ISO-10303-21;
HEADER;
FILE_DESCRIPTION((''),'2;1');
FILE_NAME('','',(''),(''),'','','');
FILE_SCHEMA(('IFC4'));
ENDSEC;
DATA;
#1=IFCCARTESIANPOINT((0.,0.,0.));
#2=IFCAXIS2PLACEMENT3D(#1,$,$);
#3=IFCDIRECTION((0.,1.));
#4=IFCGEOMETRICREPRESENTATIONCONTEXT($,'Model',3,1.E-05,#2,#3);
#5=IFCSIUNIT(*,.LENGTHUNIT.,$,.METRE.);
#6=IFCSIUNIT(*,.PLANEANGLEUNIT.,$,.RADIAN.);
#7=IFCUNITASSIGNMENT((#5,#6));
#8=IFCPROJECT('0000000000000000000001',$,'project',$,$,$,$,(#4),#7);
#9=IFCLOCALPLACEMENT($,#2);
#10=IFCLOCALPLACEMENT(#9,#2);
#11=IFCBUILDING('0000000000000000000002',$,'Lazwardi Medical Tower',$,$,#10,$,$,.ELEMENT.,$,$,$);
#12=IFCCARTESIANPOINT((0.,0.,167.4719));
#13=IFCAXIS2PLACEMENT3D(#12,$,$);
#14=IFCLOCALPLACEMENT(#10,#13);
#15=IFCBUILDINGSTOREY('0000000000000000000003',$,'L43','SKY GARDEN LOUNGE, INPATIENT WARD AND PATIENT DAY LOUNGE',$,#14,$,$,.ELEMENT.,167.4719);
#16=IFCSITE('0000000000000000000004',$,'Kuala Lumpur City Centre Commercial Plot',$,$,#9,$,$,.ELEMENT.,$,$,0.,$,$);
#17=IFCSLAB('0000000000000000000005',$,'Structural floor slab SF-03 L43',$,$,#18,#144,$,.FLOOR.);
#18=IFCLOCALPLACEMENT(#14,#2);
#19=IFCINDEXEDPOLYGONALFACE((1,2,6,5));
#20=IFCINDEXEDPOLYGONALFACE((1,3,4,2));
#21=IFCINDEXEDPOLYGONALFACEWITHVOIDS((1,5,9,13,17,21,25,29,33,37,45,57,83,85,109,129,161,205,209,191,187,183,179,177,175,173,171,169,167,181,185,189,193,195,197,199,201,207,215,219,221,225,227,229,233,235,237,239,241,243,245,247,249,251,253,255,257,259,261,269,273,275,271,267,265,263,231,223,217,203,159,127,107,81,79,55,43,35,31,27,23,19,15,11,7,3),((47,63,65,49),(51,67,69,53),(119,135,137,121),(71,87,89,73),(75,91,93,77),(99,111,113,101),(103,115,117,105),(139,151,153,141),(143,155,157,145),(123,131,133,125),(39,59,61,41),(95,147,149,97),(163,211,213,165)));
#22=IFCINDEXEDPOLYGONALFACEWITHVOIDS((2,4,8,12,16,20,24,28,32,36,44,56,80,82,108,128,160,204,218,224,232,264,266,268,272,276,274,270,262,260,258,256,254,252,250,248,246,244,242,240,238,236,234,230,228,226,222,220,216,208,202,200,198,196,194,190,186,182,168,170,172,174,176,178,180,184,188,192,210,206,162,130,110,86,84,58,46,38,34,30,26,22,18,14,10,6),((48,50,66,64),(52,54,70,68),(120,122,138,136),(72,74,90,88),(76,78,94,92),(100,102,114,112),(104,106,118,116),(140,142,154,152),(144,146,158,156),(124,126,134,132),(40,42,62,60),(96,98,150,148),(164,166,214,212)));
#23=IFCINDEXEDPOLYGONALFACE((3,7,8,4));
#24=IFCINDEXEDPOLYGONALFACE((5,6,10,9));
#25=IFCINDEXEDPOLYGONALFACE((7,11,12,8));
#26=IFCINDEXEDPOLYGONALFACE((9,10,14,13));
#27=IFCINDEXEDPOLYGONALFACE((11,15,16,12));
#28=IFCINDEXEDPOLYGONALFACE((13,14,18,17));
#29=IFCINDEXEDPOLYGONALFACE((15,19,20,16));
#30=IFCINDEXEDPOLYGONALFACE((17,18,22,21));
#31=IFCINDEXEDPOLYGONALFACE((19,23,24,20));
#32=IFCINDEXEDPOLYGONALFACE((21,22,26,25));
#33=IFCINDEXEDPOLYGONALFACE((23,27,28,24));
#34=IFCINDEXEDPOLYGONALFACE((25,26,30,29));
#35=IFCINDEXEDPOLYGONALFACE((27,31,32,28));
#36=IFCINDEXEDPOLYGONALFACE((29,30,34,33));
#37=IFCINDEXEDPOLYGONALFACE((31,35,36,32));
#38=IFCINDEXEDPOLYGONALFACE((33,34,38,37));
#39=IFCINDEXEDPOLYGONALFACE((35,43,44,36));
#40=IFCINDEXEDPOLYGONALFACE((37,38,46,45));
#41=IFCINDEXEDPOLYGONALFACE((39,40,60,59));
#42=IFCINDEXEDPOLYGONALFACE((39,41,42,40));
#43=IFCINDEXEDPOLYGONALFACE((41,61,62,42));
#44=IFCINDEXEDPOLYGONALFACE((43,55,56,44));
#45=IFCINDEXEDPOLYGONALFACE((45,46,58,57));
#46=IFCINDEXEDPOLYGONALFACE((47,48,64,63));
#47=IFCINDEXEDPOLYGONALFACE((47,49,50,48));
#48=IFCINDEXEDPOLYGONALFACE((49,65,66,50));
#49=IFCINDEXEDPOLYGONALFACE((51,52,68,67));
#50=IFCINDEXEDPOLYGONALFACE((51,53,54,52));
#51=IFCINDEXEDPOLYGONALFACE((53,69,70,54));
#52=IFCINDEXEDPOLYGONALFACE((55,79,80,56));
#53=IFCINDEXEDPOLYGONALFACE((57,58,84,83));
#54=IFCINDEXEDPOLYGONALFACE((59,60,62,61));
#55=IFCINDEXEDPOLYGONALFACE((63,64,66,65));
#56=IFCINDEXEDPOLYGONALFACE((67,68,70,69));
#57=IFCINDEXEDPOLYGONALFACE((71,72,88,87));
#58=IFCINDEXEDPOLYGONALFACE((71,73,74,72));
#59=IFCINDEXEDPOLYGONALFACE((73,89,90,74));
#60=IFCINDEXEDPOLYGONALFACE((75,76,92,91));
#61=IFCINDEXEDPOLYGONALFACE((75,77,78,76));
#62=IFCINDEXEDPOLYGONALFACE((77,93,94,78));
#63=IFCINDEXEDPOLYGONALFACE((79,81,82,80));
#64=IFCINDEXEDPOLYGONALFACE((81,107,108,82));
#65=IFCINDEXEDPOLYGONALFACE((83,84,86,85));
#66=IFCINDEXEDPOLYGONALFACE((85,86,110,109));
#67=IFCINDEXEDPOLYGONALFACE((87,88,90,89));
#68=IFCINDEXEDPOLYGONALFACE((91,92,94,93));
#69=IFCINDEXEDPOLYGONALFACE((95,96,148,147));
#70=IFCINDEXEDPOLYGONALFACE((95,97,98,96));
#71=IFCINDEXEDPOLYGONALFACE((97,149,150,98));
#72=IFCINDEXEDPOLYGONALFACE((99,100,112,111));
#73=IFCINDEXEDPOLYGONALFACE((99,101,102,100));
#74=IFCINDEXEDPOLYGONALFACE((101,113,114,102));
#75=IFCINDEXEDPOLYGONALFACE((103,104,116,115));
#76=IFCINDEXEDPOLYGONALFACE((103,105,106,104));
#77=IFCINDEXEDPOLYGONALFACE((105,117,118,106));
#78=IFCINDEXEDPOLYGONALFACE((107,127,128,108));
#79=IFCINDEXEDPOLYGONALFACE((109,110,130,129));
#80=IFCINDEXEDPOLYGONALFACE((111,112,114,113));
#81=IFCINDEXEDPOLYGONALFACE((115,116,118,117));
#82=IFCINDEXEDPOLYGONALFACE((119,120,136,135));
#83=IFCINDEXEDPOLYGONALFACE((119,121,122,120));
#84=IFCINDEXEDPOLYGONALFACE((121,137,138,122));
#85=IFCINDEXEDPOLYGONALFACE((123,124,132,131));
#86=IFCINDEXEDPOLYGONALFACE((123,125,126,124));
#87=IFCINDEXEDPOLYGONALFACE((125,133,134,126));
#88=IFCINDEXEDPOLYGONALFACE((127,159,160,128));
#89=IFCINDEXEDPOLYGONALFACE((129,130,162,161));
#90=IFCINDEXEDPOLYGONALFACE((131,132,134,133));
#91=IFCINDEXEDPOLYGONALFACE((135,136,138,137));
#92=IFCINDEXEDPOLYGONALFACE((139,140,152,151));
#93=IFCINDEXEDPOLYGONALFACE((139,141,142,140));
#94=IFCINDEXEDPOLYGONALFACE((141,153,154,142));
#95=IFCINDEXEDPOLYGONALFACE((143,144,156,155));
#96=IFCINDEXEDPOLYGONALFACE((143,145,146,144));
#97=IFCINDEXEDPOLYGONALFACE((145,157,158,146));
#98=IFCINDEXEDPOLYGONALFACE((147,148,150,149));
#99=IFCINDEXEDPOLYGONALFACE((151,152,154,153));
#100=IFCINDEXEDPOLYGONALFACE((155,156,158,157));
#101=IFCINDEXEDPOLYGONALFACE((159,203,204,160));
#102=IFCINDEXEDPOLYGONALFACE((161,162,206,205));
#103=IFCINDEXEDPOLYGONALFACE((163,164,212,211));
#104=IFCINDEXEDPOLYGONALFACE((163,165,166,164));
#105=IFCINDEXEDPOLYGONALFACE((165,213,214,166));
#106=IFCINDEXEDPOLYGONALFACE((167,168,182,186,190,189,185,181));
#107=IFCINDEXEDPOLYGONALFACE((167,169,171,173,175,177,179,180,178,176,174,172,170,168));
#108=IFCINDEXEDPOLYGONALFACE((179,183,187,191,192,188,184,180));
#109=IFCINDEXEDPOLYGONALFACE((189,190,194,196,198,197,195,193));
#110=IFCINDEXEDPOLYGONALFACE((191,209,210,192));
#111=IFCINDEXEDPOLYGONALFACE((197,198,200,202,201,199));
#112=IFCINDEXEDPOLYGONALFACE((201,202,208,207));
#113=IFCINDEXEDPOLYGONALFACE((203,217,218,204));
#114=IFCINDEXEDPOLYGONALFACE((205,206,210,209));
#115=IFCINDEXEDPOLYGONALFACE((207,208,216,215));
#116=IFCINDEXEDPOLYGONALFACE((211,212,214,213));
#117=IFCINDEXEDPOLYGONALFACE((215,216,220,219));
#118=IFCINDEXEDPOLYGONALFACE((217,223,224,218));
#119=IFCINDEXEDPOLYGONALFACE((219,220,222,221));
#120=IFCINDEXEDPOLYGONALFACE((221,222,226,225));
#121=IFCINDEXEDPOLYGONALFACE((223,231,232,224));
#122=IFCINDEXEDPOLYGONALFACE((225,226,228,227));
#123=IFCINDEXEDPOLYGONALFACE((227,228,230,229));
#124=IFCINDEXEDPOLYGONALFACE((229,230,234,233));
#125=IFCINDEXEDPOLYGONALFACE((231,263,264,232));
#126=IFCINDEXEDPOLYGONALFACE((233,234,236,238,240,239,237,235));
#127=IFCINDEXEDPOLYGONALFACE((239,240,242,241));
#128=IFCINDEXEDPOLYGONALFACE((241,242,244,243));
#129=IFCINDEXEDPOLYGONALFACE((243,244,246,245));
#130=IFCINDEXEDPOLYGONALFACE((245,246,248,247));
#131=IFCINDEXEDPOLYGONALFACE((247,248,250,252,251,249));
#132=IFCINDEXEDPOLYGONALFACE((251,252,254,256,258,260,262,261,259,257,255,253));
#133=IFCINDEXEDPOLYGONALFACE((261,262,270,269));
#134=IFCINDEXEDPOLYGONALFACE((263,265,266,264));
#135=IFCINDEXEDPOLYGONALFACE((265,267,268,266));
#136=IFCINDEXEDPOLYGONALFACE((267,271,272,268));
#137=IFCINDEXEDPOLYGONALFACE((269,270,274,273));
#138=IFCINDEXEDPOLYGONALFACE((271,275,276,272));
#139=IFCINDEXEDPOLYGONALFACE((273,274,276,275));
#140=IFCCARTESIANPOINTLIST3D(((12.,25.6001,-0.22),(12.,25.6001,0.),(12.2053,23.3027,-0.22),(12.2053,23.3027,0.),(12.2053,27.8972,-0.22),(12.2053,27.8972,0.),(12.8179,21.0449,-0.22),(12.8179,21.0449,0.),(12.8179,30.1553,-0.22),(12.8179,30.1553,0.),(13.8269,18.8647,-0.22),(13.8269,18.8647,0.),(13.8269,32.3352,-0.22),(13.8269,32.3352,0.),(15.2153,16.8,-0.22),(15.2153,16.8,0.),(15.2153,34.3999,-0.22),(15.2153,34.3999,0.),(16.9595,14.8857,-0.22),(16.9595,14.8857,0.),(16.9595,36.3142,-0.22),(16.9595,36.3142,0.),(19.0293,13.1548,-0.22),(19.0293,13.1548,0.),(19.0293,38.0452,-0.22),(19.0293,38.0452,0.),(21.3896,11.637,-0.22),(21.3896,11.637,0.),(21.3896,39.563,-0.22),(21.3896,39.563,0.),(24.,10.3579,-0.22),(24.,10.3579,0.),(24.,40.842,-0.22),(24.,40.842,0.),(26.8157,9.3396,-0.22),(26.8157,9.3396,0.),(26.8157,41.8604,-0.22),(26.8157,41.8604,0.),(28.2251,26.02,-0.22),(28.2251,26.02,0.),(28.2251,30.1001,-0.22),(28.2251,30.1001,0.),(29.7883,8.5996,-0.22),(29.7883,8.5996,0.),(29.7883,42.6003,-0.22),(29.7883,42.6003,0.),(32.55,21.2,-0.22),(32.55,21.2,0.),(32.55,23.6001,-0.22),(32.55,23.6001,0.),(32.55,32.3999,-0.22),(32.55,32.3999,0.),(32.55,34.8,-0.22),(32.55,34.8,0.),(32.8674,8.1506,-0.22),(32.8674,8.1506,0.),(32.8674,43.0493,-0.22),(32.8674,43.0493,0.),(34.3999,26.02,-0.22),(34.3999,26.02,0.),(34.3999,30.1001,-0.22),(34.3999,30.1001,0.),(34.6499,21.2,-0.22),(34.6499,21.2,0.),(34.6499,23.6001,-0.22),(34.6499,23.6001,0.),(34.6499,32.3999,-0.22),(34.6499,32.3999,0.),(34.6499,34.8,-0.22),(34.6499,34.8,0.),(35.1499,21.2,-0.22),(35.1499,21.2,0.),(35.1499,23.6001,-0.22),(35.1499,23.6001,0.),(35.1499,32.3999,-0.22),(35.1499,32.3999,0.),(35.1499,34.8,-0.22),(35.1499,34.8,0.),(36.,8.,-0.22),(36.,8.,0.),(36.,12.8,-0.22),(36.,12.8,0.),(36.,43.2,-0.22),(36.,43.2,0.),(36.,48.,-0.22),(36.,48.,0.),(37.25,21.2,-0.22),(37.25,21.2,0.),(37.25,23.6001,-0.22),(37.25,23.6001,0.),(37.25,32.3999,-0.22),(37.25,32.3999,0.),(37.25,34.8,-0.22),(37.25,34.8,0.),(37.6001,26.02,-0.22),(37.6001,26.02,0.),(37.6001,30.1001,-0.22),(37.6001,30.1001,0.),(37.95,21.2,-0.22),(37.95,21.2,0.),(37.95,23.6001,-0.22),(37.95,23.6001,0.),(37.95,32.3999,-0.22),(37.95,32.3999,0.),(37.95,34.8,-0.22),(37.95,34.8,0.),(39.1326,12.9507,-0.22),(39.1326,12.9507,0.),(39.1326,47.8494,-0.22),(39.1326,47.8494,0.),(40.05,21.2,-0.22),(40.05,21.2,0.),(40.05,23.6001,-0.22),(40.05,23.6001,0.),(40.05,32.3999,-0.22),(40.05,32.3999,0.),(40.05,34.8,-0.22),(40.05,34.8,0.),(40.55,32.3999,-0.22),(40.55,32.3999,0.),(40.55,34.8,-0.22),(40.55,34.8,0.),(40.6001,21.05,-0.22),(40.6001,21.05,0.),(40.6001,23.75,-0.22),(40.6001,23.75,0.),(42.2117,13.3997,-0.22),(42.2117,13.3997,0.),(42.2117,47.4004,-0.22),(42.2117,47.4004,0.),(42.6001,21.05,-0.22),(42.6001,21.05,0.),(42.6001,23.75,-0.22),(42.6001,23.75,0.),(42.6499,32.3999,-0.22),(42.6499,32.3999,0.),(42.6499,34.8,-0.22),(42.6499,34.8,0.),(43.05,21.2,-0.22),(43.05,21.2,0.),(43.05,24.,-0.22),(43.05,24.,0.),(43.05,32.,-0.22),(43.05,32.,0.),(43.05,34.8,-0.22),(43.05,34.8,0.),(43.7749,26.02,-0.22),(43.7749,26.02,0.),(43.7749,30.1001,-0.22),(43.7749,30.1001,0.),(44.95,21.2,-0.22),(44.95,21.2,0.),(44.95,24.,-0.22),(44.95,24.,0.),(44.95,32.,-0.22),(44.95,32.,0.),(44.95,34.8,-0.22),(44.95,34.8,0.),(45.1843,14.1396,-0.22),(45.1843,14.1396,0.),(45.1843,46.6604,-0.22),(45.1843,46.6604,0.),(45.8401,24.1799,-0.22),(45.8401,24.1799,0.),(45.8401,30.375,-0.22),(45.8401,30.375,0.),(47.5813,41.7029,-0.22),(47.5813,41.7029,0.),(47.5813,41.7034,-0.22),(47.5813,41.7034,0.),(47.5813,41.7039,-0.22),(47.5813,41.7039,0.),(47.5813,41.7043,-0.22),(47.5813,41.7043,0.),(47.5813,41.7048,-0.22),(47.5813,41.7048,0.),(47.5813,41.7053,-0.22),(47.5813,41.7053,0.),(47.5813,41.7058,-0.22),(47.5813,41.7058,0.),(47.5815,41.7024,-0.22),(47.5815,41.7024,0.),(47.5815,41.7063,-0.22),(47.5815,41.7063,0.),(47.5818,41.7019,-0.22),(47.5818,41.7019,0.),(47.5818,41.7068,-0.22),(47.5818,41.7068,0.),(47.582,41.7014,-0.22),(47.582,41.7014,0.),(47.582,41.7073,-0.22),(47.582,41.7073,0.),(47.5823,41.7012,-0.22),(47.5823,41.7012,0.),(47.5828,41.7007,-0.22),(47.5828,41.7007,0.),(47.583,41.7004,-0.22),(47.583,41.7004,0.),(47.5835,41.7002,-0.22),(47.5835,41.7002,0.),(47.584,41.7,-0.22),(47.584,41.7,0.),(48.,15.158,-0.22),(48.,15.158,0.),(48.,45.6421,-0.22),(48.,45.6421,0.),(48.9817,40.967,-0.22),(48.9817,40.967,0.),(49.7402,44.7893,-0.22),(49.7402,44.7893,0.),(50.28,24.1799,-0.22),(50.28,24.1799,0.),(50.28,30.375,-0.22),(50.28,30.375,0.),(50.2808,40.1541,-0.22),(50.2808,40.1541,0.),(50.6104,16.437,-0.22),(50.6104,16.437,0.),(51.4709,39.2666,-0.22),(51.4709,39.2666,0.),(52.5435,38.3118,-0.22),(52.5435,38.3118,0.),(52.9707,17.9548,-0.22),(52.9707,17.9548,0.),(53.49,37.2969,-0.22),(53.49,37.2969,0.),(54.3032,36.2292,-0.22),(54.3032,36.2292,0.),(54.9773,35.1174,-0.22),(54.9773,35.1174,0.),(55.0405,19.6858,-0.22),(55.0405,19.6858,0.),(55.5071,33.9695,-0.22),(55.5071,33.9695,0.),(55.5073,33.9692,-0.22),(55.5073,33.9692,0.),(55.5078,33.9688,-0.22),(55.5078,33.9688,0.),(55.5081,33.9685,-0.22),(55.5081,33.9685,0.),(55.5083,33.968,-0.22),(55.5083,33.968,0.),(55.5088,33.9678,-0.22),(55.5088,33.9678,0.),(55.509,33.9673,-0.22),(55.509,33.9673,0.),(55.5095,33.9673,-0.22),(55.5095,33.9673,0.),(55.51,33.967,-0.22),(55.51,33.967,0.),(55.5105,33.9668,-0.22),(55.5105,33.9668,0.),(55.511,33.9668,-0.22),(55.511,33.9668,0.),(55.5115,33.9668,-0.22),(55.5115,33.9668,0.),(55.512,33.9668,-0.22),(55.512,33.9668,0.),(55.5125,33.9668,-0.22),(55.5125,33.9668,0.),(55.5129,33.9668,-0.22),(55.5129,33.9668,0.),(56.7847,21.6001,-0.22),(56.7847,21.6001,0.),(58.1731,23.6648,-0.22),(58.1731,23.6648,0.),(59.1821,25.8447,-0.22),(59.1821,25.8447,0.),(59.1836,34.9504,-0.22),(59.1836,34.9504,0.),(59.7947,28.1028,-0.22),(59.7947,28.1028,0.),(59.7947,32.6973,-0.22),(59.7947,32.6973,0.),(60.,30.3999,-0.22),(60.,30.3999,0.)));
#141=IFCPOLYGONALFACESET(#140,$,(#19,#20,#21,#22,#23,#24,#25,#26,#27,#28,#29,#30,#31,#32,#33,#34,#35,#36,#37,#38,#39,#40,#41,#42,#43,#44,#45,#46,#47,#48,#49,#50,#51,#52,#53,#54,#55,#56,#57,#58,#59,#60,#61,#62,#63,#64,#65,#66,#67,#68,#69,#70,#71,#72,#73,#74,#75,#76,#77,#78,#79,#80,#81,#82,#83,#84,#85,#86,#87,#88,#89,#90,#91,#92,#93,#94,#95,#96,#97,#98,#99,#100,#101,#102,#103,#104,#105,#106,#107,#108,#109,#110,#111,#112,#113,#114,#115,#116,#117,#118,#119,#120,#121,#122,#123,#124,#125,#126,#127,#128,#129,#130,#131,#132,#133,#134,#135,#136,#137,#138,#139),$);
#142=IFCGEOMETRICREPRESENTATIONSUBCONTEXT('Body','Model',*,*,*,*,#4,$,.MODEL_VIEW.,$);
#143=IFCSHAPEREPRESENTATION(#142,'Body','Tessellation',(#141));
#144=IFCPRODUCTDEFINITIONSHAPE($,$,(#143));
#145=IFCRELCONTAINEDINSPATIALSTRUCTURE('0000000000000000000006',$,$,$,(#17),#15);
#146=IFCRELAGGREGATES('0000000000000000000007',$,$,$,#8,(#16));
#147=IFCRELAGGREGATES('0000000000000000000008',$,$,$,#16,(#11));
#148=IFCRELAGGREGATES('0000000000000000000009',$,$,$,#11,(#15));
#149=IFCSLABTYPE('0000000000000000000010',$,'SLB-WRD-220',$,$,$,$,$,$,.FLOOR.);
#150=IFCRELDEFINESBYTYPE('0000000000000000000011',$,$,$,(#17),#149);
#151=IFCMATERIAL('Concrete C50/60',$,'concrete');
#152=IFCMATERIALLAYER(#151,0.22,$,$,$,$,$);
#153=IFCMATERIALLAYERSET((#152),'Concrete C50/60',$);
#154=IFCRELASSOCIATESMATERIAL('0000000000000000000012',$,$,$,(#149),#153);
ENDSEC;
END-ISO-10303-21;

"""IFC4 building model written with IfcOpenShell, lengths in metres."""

from ifc_helpers import new_model, si_unit, direction, frame, origin, place, context, subcontext, project, spatial, polyline, outline, extrude, material, layer, layer_set, type_object, element, save


model = new_model("IFC4")

# Units and contexts
model_context = context("Model", 3, precision=1e-05, world=origin(), true_north=direction((0.0, 1.0)))
body_context = subcontext(model_context, "Body", "Model", "MODEL_VIEW")
ifc_project = project(units=[si_unit("LENGTHUNIT", "METRE"), si_unit("PLANEANGLEUNIT", "RADIAN")], contexts=[model_context])

# Site, building, storey
site_placement = place(None, origin())
site = spatial("IfcSite", under=ifc_project, at=site_placement, Name="Kuala Lumpur City Centre Commercial Plot", CompositionType="ELEMENT", RefElevation=0.0)
building_placement = place(site_placement, origin())
building = spatial("IfcBuilding", under=site, at=building_placement, Name="Lazwardi Medical Tower", CompositionType="ELEMENT")
storey_placement = place(building_placement, frame((0.0, 0.0, 167.4719)))
storey = spatial("IfcBuildingStorey", under=building, at=storey_placement, Name="L43", Description="SKY GARDEN LOUNGE, INPATIENT WARD AND PATIENT DAY LOUNGE", CompositionType="ELEMENT", Elevation=167.4719)

# Slab
ifc_material_1 = material(Name="Concrete C50/60", Category="concrete")
ifc_layer_1 = layer(ifc_material_1, 0.22)
ifc_layer_set_1 = layer_set([ifc_layer_1], Name="Concrete C50/60")
slab_type_1 = type_object("IfcSlabType", Name="SLB-WRD-220", PredefinedType="FLOOR", material=ifc_layer_set_1)
slab_1_placement = place(storey_placement, frame((0.0, 0.0, -0.22)))
element("IfcSlab", 1, at=slab_1_placement, inside=storey, type_object=slab_type_1, Name="Structural floor slab SF-03 L43", PredefinedType="FLOOR", context=body_context, shape_type="SweptSolid", body=[
    extrude(outline(polyline([(39.1326, 12.9507), (42.2117, 13.3997), (45.1843, 14.1396), (48.0, 15.158), (50.6104, 16.437), (52.9707, 17.9548), (55.0405, 19.6858), (56.7847, 21.6001), (58.1731, 23.6648), (59.1821, 25.8447), (59.7947, 28.1028), (60.0, 30.3999), (59.7947, 32.6973), (59.1836, 34.9504), (59.1836, 34.9504), (55.5129, 33.9668), (55.5125, 33.9668), (55.512, 33.9668), (55.5115, 33.9668), (55.511, 33.9668), (55.5105, 33.9668), (55.51, 33.967), (55.5095, 33.9673), (55.509, 33.9673), (55.5088, 33.9678), (55.5083, 33.968), (55.5081, 33.9685), (55.5078, 33.9688), (55.5073, 33.9692), (55.5071, 33.9695), (54.9773, 35.1174), (54.3032, 36.2292), (53.49, 37.2969), (52.5435, 38.3118), (51.4709, 39.2666), (50.2808, 40.1541), (48.9817, 40.967), (47.584, 41.7), (47.5835, 41.7002), (47.583, 41.7004), (47.5828, 41.7007), (47.5823, 41.7012), (47.582, 41.7014), (47.5818, 41.7019), (47.5815, 41.7024), (47.5813, 41.7029), (47.5813, 41.7034), (47.5813, 41.7039), (47.5813, 41.7043), (47.5813, 41.7048), (47.5813, 41.7053), (47.5813, 41.7058), (47.5815, 41.7063), (47.5818, 41.7068), (47.582, 41.7073), (49.7402, 44.7893), (48.0, 45.6421), (45.1843, 46.6604), (42.2117, 47.4004), (39.1326, 47.8494), (36.0, 48.0), (36.0, 43.2), (32.8674, 43.0493), (29.7883, 42.6003), (26.8157, 41.8604), (24.0, 40.842), (21.3896, 39.563), (19.0293, 38.0452), (16.9595, 36.3142), (15.2153, 34.3999), (13.8269, 32.3352), (12.8179, 30.1553), (12.2053, 27.8972), (12.0, 25.6001), (12.2053, 23.3027), (12.8179, 21.0449), (13.8269, 18.8647), (15.2153, 16.8), (16.9595, 14.8857), (19.0293, 13.1548), (21.3896, 11.637), (24.0, 10.3579), (26.8157, 9.3396), (29.7883, 8.5996), (32.8674, 8.1506), (36.0, 8.0), (36.0, 12.8), (39.1326, 12.9507)]), holes=[polyline([(28.2251, 26.02), (28.2251, 30.1001), (34.3999, 30.1001), (34.3999, 26.02), (28.2251, 26.02)]), polyline([(37.6001, 30.1001), (43.7749, 30.1001), (43.7749, 26.02), (37.6001, 26.02), (37.6001, 30.1001)]), polyline([(50.28, 30.375), (50.28, 24.1799), (45.8401, 24.1799), (45.8401, 30.375), (50.28, 30.375)]), polyline([(34.6499, 32.3999), (32.55, 32.3999), (32.55, 34.8), (34.6499, 34.8), (34.6499, 32.3999)]), polyline([(35.1499, 32.3999), (35.1499, 34.8), (37.25, 34.8), (37.25, 32.3999), (35.1499, 32.3999)]), polyline([(32.55, 23.6001), (34.6499, 23.6001), (34.6499, 21.2), (32.55, 21.2), (32.55, 23.6001)]), polyline([(37.25, 23.6001), (37.25, 21.2), (35.1499, 21.2), (35.1499, 23.6001), (37.25, 23.6001)]), polyline([(40.05, 32.3999), (37.95, 32.3999), (37.95, 34.8), (40.05, 34.8), (40.05, 32.3999)]), polyline([(40.55, 32.3999), (40.55, 34.8), (42.6499, 34.8), (42.6499, 32.3999), (40.55, 32.3999)]), polyline([(37.95, 23.6001), (40.05, 23.6001), (40.05, 21.2), (37.95, 21.2), (37.95, 23.6001)]), polyline([(44.95, 34.8), (44.95, 32.0), (43.05, 32.0), (43.05, 34.8), (44.95, 34.8)]), polyline([(44.95, 21.2), (43.05, 21.2), (43.05, 24.0), (44.95, 24.0), (44.95, 21.2)]), polyline([(40.6001, 21.05), (40.6001, 23.75), (42.6001, 23.75), (42.6001, 21.05), (40.6001, 21.05)])]), origin(), (0.0, 0.0, 1.0), 0.22),
])

save(model, "model.ifc")
